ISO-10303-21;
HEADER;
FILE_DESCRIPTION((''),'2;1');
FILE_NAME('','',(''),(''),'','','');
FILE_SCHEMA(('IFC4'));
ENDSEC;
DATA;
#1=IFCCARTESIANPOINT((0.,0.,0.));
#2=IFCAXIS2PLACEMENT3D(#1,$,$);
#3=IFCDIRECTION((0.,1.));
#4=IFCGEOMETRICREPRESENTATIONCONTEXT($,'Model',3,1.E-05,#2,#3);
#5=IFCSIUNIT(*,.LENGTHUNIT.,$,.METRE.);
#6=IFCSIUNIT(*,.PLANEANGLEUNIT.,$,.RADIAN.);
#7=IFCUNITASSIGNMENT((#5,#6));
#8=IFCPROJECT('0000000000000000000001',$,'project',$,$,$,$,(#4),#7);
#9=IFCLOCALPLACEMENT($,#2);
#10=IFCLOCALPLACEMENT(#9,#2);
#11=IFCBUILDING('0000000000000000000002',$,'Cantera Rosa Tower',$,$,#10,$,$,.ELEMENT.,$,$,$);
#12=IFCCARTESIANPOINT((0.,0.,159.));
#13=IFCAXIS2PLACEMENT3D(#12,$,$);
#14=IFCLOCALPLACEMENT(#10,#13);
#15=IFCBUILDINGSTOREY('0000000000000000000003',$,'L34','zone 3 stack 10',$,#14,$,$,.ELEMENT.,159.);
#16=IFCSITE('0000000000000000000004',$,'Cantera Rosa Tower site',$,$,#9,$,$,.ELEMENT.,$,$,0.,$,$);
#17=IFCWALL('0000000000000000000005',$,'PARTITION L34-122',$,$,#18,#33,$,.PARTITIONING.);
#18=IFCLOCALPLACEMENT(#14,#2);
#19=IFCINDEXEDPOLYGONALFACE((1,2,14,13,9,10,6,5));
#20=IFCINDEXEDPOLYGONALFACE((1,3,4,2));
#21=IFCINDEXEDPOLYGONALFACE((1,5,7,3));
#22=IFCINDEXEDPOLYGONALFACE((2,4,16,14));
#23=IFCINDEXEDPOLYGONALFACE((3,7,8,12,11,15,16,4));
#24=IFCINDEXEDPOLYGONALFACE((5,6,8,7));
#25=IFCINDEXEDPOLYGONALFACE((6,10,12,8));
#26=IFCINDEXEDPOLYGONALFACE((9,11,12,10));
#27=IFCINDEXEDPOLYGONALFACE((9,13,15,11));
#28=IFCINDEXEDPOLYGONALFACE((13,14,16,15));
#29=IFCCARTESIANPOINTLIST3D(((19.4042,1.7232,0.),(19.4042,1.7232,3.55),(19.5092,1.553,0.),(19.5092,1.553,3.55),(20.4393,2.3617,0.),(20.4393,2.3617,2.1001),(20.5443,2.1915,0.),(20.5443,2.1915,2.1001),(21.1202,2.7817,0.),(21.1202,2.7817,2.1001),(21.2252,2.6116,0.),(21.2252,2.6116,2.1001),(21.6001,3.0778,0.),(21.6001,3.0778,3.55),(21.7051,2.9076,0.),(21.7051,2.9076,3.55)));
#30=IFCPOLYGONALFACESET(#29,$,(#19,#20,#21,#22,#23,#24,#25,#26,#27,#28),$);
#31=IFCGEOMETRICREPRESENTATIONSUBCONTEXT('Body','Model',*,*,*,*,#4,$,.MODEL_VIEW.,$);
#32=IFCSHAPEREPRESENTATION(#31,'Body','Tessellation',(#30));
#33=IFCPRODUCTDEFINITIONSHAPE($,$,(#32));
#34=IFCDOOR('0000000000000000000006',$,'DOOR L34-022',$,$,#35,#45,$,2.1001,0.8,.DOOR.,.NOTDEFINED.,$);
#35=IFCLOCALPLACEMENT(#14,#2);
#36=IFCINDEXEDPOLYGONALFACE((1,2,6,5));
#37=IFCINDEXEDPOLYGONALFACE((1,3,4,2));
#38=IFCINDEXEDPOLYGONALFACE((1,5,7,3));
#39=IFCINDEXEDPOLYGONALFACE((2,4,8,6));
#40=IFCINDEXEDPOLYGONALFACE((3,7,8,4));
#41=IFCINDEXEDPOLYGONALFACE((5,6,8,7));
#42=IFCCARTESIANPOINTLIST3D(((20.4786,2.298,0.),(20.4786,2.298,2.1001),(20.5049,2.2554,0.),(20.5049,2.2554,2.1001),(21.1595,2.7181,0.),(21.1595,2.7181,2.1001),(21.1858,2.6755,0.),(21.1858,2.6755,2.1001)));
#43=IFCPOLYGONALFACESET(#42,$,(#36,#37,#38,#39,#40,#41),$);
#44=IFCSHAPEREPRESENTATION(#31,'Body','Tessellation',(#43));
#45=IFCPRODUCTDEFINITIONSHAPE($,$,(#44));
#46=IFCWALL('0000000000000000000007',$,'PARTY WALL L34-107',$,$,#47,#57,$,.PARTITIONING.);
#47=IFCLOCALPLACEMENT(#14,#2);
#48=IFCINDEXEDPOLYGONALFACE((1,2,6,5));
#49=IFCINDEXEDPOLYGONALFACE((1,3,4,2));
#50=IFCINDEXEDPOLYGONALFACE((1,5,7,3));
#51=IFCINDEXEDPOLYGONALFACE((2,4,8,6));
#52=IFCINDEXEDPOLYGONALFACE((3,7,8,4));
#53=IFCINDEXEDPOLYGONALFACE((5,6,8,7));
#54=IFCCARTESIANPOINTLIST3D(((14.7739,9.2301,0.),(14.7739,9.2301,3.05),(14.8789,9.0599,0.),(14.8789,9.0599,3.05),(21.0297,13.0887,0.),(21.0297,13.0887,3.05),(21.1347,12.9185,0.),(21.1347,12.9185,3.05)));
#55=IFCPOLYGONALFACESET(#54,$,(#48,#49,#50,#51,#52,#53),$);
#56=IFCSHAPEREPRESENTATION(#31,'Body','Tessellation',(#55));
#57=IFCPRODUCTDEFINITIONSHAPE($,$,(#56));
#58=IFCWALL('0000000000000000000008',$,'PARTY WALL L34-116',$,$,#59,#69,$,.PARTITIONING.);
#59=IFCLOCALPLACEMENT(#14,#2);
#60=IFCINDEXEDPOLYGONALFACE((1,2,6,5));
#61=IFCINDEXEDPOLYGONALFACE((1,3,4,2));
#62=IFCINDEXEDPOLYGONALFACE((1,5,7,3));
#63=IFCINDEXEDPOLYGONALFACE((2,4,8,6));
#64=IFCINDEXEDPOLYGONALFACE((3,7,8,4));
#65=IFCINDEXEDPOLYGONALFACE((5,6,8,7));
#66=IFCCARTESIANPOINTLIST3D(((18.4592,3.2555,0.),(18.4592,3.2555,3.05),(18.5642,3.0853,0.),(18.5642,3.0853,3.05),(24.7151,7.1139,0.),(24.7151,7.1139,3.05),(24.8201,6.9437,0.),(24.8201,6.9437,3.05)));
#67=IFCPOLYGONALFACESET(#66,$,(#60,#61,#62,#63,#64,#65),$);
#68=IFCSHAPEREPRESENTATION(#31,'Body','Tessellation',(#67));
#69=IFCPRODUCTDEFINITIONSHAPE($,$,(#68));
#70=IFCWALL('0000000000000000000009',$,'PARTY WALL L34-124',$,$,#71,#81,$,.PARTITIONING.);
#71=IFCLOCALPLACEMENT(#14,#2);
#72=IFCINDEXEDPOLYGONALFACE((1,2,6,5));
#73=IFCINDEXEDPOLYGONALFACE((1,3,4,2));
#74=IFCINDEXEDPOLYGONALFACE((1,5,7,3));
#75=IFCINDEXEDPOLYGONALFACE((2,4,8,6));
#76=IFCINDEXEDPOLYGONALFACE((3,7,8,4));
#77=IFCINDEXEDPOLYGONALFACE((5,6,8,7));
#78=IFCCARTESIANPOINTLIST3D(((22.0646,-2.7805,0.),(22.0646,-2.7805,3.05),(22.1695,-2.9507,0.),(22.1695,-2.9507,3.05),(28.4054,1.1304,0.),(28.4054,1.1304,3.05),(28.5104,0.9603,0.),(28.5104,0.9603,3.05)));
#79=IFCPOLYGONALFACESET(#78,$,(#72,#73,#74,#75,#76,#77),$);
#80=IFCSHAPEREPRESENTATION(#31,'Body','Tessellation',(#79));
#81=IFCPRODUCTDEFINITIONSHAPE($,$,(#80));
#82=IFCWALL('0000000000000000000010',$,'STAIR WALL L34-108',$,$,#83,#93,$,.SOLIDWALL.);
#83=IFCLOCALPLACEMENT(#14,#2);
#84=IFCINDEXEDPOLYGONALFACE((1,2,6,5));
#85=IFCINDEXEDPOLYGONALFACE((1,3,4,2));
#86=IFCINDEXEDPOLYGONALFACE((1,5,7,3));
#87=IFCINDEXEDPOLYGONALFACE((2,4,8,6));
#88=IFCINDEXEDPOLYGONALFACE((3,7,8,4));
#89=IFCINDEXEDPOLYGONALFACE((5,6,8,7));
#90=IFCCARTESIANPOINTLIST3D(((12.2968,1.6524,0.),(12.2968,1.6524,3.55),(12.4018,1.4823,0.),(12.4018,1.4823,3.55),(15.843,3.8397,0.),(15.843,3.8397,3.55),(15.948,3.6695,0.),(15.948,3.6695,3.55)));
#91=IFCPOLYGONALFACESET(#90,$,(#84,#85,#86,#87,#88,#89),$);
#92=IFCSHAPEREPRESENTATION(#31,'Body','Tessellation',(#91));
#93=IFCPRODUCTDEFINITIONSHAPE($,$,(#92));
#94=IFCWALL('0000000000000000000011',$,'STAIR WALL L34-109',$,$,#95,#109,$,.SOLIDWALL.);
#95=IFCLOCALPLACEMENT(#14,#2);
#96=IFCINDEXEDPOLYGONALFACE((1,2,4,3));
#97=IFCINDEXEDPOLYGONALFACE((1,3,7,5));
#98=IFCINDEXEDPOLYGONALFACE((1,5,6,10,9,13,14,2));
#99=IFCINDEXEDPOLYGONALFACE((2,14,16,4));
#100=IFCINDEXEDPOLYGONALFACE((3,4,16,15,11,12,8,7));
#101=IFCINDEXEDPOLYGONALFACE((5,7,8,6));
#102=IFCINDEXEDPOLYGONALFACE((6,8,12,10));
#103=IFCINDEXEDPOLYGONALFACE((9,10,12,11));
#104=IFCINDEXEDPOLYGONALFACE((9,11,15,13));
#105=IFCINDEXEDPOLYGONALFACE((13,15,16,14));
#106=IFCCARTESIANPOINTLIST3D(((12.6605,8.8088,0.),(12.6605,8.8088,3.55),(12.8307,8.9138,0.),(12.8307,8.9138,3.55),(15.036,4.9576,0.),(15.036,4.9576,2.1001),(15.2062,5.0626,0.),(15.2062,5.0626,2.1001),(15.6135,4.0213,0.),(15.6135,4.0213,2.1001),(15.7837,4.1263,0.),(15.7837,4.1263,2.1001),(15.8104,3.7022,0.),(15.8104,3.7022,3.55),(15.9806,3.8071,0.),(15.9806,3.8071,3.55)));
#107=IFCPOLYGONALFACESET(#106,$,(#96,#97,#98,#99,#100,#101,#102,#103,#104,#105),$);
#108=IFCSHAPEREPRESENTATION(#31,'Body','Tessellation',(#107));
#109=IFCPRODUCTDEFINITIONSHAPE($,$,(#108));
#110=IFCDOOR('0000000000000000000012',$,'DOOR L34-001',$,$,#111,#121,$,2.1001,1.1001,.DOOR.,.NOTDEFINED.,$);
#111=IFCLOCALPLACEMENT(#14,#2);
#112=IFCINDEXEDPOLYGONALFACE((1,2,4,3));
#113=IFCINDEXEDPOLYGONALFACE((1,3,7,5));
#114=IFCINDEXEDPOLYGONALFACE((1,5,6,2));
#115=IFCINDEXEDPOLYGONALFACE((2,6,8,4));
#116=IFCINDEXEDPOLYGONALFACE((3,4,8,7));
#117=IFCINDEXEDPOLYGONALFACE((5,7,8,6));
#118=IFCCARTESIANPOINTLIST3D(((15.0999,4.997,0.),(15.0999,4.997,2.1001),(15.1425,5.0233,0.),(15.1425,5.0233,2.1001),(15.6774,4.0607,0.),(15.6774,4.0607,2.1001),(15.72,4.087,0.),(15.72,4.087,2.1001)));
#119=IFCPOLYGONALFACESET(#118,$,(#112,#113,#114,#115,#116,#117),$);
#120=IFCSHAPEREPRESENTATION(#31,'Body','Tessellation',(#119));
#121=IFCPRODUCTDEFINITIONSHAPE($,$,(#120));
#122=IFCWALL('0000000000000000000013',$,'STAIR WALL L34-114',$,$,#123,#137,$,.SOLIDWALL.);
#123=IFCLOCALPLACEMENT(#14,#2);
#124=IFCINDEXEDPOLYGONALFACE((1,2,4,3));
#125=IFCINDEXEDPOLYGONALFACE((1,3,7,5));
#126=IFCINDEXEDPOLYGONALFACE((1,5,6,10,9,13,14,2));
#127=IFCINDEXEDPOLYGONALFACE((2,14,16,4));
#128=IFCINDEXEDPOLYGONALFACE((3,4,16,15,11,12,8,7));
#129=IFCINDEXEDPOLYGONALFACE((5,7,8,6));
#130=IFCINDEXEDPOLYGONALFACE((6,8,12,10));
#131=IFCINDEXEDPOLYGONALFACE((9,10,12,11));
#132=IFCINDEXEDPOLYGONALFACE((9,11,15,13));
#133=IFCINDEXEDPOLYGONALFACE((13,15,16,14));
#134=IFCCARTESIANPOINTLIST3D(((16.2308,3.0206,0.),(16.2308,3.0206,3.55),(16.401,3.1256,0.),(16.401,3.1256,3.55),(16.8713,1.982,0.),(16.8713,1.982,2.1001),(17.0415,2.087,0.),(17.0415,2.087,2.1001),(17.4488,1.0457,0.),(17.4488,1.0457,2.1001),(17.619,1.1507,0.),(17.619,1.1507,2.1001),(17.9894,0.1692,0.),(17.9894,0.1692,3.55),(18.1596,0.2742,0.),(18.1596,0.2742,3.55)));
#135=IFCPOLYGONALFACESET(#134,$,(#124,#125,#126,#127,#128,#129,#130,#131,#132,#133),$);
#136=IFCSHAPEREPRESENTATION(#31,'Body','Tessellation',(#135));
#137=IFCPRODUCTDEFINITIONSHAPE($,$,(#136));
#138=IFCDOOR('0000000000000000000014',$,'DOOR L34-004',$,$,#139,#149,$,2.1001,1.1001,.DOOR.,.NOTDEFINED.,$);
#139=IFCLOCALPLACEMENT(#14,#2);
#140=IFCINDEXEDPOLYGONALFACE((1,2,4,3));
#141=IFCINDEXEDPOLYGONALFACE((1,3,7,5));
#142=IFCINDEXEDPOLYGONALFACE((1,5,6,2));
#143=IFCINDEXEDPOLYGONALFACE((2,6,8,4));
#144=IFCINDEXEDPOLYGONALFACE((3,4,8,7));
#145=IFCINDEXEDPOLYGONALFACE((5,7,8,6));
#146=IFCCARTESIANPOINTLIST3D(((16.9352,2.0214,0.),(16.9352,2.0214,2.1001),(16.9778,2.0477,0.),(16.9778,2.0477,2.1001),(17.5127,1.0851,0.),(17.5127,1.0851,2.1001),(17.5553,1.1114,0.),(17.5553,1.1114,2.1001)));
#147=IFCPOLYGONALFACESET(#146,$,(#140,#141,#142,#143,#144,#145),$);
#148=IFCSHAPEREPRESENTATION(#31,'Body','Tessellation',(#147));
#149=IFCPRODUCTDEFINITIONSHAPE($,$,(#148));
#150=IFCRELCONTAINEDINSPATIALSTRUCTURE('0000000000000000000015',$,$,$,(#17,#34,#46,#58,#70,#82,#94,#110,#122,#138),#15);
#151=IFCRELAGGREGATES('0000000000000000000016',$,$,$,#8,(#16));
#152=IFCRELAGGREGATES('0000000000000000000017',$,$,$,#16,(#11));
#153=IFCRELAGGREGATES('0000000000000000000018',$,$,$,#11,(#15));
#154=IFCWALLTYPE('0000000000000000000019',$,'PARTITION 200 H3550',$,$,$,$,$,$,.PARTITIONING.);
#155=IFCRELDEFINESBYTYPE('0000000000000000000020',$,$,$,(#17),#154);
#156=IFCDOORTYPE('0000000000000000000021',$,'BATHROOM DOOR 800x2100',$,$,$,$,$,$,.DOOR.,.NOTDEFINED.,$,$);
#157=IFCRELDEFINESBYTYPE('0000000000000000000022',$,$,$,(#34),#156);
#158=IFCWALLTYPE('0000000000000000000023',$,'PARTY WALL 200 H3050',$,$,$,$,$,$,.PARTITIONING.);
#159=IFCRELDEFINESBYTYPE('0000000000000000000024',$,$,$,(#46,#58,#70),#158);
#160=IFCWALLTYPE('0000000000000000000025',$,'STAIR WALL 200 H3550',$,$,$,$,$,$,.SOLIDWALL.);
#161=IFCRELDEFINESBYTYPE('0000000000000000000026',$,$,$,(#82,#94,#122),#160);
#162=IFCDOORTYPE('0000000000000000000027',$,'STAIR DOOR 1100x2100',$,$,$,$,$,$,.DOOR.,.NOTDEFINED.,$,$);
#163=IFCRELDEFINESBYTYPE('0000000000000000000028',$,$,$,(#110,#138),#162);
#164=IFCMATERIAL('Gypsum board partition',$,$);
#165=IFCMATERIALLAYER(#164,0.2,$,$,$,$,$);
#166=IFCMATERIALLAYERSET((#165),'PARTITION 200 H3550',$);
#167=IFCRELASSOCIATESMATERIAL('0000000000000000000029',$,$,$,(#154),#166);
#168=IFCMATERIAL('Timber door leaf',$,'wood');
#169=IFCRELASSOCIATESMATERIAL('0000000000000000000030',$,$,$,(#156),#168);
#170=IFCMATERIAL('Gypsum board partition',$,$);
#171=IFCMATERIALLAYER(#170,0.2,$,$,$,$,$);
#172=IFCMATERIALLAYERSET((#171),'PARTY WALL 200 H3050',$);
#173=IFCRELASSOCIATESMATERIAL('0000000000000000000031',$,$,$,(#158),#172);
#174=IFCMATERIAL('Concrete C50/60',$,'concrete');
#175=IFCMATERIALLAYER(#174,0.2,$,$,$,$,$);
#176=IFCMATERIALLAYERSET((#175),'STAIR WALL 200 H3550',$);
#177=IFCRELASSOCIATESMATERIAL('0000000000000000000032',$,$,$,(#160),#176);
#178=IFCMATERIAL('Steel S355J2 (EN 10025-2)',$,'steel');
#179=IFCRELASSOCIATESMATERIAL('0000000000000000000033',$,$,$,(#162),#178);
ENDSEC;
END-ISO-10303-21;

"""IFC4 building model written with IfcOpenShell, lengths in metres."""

from ifc_helpers import new_model, si_unit, direction, frame, frame_2d, origin, place, context, subcontext, project, spatial, rectangle, extrude, material, layer, layer_set, type_object, element, fill, save


model = new_model("IFC4")

# Units and contexts
model_context = context("Model", 3, precision=1e-05, world=origin(), true_north=direction((0.0, 1.0)))
body_context = subcontext(model_context, "Body", "Model", "MODEL_VIEW")
ifc_project = project(units=[si_unit("LENGTHUNIT", "METRE"), si_unit("PLANEANGLEUNIT", "RADIAN")], contexts=[model_context])

# Site, building, storey
site_placement = place(None, origin())
site = spatial("IfcSite", under=ifc_project, at=site_placement, Name="Cantera Rosa Tower site", CompositionType="ELEMENT", RefElevation=0.0)
building_placement = place(site_placement, origin())
building = spatial("IfcBuilding", under=site, at=building_placement, Name="Cantera Rosa Tower", CompositionType="ELEMENT")
storey_placement = place(building_placement, frame((0.0, 0.0, 159.0)))
storey = spatial("IfcBuildingStorey", under=building, at=storey_placement, Name="L34", Description="zone 3 stack 10", CompositionType="ELEMENT", Elevation=159.0)

# Shared definitions
ifc_material_1 = material(Name="Gypsum board partition")
ifc_layer_1 = layer(ifc_material_1, 0.2)
ifc_layer_set_1 = layer_set([ifc_layer_1], Name="PARTITION 200 H3550")
wall_type_1 = type_object("IfcWallType", Name="PARTITION 200 H3550", PredefinedType="PARTITIONING", material=ifc_layer_set_1)
ifc_material_2 = material(Name="Timber door leaf", Category="wood")
door_type_1 = type_object("IfcDoorType", Name="BATHROOM DOOR 800x2100", OperationType="NOTDEFINED", PredefinedType="DOOR", material=ifc_material_2)

# Wall, opening, door
wall_1_placement = place(storey_placement, frame((21.6526, 2.9927, 0.0), z_axis=(0.0, 0.0, 1.0), x_axis=(-0.851099, -0.525005, 0.0)))
wall_1 = element("IfcWall", 1, at=wall_1_placement, inside=storey, type_object=wall_type_1, Name="PARTITION L34-122", PredefinedType="PARTITIONING", context=body_context, shape_type="SweptSolid", body=[
    extrude(rectangle(XDim=2.5801, YDim=0.2, at=frame_2d((1.29, 0.0))), origin(), (0.0, 0.0, 1.0), 3.55),
])
opening_1_placement = place(wall_1_placement, frame((0.564, 0.0, 0.0)))
opening_1 = element("IfcOpeningElement", 2, at=opening_1_placement, cuts=wall_1, PredefinedType="OPENING", context=body_context, shape_type="SweptSolid", body=[
    extrude(rectangle(XDim=0.8, YDim=2.1001, at=frame_2d((0.3999, 1.05))), frame((0.0, 0.1099, 0.0), z_axis=(0.0, -1.0, 0.0), x_axis=(1.0, 0.0, 0.0)), (0.0, 0.0, 1.0), 0.22),
])
door_1_placement = place(opening_1_placement, origin())
door_1 = element("IfcDoor", 3, at=door_1_placement, inside=storey, type_object=door_type_1, Name="DOOR L34-022", OperationType="NOTDEFINED", OverallHeight=2.1001, OverallWidth=0.8, PredefinedType="DOOR", context=body_context, shape_type="SweptSolid", body=[
    extrude(rectangle(XDim=0.8, YDim=2.1001, at=frame_2d((0.3999, 1.05))), frame((0.0, 0.0249, 0.0), z_axis=(0.0, -1.0, 0.0), x_axis=(1.0, 0.0, 0.0)), (0.0, 0.0, 1.0), 0.05),
])
fill(opening_1, door_1)

# Walls
ifc_material_3 = material(Name="Gypsum board partition")
ifc_layer_2 = layer(ifc_material_3, 0.2)
ifc_layer_set_2 = layer_set([ifc_layer_2], Name="PARTY WALL 200 H3050")
wall_type_2 = type_object("IfcWallType", Name="PARTY WALL 200 H3050", PredefinedType="PARTITIONING", material=ifc_layer_set_2)
for number, where, z_axis, x_axis, name in (
    (4, (14.8264, 9.145, 0.0), (0.0, 0.0, 1.0), (0.851118, 0.524974, 0.0), "PARTY WALL L34-107"),
    (5, (18.5117, 3.1704, 0.0), (0.0, 0.0, 1.0), (0.851133, 0.52495, 0.0), "PARTY WALL L34-116"),
):
    element("IfcWall", number, at=place(storey_placement, frame(where, z_axis=z_axis, x_axis=x_axis)), inside=storey, type_object=wall_type_2, Name=name, PredefinedType="PARTITIONING", context=body_context, shape_type="SweptSolid", body=[
        extrude(rectangle(XDim=7.3501, YDim=0.2, at=frame_2d((3.675, 0.0))), origin(), (0.0, 0.0, 1.0), 3.05),
    ])
wall_2_placement = place(storey_placement, frame((28.458, 1.0454, 0.0), z_axis=(0.0, 0.0, 1.0), x_axis=(-0.851128, -0.524958, 0.0)))
element("IfcWall", 6, at=wall_2_placement, inside=storey, type_object=wall_type_2, Name="PARTY WALL L34-124", PredefinedType="PARTITIONING", context=body_context, shape_type="SweptSolid", body=[
    extrude(rectangle(XDim=7.45, YDim=0.2, at=frame_2d((3.7251, 0.0))), origin(), (0.0, 0.0, 1.0), 3.05),
])
ifc_material_4 = material(Name="Concrete C50/60", Category="concrete")
ifc_layer_3 = layer(ifc_material_4, 0.2)
ifc_layer_set_3 = layer_set([ifc_layer_3], Name="STAIR WALL 200 H3550")
wall_type_3 = type_object("IfcWallType", Name="STAIR WALL 200 H3550", PredefinedType="SOLIDWALL", material=ifc_layer_set_3)
wall_3_placement = place(storey_placement, frame((15.8955, 3.7546, 0.0), z_axis=(0.0, 0.0, 1.0), x_axis=(-0.851121, -0.52497, 0.0)))
element("IfcWall", 7, at=wall_3_placement, inside=storey, type_object=wall_type_3, Name="STAIR WALL L34-108", PredefinedType="SOLIDWALL", context=body_context, shape_type="SweptSolid", body=[
    extrude(rectangle(XDim=4.1665, YDim=0.2, at=frame_2d((2.0833, 0.0))), origin(), (0.0, 0.0, 1.0), 3.55),
])

# Walls, openings, doors
wall_4_placement = place(storey_placement, frame((15.8955, 3.7546, 0.0), z_axis=(0.0, 0.0, 1.0), x_axis=(-0.524983, 0.851113, 0.0)))
wall_4 = element("IfcWall", 8, at=wall_4_placement, inside=storey, type_object=wall_type_3, Name="STAIR WALL L34-109", PredefinedType="SOLIDWALL", context=body_context, shape_type="SweptSolid", body=[
    extrude(rectangle(XDim=6.0, YDim=0.2, at=frame_2d((3.0, 0.0))), origin(), (0.0, 0.0, 1.0), 3.55),
])
opening_2_placement = place(wall_4_placement, frame((0.375, 0.0, 0.0)))
opening_2 = element("IfcOpeningElement", 9, at=opening_2_placement, cuts=wall_4, PredefinedType="OPENING", context=body_context, shape_type="SweptSolid", body=[
    extrude(rectangle(XDim=1.1001, YDim=2.1001, at=frame_2d((0.55, 1.05))), frame((0.0, 0.1099, 0.0), z_axis=(0.0, -1.0, 0.0), x_axis=(1.0, 0.0, 0.0)), (0.0, 0.0, 1.0), 0.22),
])
ifc_material_5 = material(Name="Steel S355J2 (EN 10025-2)", Category="steel")
door_type_2 = type_object("IfcDoorType", Name="STAIR DOOR 1100x2100", OperationType="NOTDEFINED", PredefinedType="DOOR", material=ifc_material_5)
door_2_placement = place(opening_2_placement, origin())
door_2 = element("IfcDoor", 10, at=door_2_placement, inside=storey, type_object=door_type_2, Name="DOOR L34-001", OperationType="NOTDEFINED", OverallHeight=2.1001, OverallWidth=1.1001, PredefinedType="DOOR", context=body_context, shape_type="SweptSolid", body=[
    extrude(rectangle(XDim=1.1001, YDim=2.1001, at=frame_2d((0.55, 1.05))), frame((0.0, 0.0249, 0.0), z_axis=(0.0, -1.0, 0.0), x_axis=(1.0, 0.0, 0.0)), (0.0, 0.0, 1.0), 0.05),
])
fill(opening_2, door_2)
wall_5_placement = place(storey_placement, frame((18.0745, 0.2217, 0.0), z_axis=(0.0, 0.0, 1.0), x_axis=(-0.524939, 0.85114, 0.0)))
wall_5 = element("IfcWall", 11, at=wall_5_placement, inside=storey, type_object=wall_type_3, Name="STAIR WALL L34-114", PredefinedType="SOLIDWALL", context=body_context, shape_type="SweptSolid", body=[
    extrude(rectangle(XDim=3.3501, YDim=0.2, at=frame_2d((1.675, 0.0))), origin(), (0.0, 0.0, 1.0), 3.55),
])
opening_3_placement = place(wall_5_placement, frame((1.0298, 0.0, 0.0)))
opening_3 = element("IfcOpeningElement", 12, at=opening_3_placement, cuts=wall_5, PredefinedType="OPENING", context=body_context, shape_type="SweptSolid", body=[
    extrude(rectangle(XDim=1.1001, YDim=2.1001, at=frame_2d((0.55, 1.05))), frame((0.0, 0.1099, 0.0), z_axis=(0.0, -1.0, 0.0), x_axis=(1.0, 0.0, 0.0)), (0.0, 0.0, 1.0), 0.22),
])
door_3_placement = place(opening_3_placement, origin())
door_3 = element("IfcDoor", 13, at=door_3_placement, inside=storey, type_object=door_type_2, Name="DOOR L34-004", OperationType="NOTDEFINED", OverallHeight=2.1001, OverallWidth=1.1001, PredefinedType="DOOR", context=body_context, shape_type="SweptSolid", body=[
    extrude(rectangle(XDim=1.1001, YDim=2.1001, at=frame_2d((0.55, 1.05))), frame((0.0, 0.0249, 0.0), z_axis=(0.0, -1.0, 0.0), x_axis=(1.0, 0.0, 0.0)), (0.0, 0.0, 1.0), 0.05),
])
fill(opening_3, door_3)

save(model, "model.ifc")
